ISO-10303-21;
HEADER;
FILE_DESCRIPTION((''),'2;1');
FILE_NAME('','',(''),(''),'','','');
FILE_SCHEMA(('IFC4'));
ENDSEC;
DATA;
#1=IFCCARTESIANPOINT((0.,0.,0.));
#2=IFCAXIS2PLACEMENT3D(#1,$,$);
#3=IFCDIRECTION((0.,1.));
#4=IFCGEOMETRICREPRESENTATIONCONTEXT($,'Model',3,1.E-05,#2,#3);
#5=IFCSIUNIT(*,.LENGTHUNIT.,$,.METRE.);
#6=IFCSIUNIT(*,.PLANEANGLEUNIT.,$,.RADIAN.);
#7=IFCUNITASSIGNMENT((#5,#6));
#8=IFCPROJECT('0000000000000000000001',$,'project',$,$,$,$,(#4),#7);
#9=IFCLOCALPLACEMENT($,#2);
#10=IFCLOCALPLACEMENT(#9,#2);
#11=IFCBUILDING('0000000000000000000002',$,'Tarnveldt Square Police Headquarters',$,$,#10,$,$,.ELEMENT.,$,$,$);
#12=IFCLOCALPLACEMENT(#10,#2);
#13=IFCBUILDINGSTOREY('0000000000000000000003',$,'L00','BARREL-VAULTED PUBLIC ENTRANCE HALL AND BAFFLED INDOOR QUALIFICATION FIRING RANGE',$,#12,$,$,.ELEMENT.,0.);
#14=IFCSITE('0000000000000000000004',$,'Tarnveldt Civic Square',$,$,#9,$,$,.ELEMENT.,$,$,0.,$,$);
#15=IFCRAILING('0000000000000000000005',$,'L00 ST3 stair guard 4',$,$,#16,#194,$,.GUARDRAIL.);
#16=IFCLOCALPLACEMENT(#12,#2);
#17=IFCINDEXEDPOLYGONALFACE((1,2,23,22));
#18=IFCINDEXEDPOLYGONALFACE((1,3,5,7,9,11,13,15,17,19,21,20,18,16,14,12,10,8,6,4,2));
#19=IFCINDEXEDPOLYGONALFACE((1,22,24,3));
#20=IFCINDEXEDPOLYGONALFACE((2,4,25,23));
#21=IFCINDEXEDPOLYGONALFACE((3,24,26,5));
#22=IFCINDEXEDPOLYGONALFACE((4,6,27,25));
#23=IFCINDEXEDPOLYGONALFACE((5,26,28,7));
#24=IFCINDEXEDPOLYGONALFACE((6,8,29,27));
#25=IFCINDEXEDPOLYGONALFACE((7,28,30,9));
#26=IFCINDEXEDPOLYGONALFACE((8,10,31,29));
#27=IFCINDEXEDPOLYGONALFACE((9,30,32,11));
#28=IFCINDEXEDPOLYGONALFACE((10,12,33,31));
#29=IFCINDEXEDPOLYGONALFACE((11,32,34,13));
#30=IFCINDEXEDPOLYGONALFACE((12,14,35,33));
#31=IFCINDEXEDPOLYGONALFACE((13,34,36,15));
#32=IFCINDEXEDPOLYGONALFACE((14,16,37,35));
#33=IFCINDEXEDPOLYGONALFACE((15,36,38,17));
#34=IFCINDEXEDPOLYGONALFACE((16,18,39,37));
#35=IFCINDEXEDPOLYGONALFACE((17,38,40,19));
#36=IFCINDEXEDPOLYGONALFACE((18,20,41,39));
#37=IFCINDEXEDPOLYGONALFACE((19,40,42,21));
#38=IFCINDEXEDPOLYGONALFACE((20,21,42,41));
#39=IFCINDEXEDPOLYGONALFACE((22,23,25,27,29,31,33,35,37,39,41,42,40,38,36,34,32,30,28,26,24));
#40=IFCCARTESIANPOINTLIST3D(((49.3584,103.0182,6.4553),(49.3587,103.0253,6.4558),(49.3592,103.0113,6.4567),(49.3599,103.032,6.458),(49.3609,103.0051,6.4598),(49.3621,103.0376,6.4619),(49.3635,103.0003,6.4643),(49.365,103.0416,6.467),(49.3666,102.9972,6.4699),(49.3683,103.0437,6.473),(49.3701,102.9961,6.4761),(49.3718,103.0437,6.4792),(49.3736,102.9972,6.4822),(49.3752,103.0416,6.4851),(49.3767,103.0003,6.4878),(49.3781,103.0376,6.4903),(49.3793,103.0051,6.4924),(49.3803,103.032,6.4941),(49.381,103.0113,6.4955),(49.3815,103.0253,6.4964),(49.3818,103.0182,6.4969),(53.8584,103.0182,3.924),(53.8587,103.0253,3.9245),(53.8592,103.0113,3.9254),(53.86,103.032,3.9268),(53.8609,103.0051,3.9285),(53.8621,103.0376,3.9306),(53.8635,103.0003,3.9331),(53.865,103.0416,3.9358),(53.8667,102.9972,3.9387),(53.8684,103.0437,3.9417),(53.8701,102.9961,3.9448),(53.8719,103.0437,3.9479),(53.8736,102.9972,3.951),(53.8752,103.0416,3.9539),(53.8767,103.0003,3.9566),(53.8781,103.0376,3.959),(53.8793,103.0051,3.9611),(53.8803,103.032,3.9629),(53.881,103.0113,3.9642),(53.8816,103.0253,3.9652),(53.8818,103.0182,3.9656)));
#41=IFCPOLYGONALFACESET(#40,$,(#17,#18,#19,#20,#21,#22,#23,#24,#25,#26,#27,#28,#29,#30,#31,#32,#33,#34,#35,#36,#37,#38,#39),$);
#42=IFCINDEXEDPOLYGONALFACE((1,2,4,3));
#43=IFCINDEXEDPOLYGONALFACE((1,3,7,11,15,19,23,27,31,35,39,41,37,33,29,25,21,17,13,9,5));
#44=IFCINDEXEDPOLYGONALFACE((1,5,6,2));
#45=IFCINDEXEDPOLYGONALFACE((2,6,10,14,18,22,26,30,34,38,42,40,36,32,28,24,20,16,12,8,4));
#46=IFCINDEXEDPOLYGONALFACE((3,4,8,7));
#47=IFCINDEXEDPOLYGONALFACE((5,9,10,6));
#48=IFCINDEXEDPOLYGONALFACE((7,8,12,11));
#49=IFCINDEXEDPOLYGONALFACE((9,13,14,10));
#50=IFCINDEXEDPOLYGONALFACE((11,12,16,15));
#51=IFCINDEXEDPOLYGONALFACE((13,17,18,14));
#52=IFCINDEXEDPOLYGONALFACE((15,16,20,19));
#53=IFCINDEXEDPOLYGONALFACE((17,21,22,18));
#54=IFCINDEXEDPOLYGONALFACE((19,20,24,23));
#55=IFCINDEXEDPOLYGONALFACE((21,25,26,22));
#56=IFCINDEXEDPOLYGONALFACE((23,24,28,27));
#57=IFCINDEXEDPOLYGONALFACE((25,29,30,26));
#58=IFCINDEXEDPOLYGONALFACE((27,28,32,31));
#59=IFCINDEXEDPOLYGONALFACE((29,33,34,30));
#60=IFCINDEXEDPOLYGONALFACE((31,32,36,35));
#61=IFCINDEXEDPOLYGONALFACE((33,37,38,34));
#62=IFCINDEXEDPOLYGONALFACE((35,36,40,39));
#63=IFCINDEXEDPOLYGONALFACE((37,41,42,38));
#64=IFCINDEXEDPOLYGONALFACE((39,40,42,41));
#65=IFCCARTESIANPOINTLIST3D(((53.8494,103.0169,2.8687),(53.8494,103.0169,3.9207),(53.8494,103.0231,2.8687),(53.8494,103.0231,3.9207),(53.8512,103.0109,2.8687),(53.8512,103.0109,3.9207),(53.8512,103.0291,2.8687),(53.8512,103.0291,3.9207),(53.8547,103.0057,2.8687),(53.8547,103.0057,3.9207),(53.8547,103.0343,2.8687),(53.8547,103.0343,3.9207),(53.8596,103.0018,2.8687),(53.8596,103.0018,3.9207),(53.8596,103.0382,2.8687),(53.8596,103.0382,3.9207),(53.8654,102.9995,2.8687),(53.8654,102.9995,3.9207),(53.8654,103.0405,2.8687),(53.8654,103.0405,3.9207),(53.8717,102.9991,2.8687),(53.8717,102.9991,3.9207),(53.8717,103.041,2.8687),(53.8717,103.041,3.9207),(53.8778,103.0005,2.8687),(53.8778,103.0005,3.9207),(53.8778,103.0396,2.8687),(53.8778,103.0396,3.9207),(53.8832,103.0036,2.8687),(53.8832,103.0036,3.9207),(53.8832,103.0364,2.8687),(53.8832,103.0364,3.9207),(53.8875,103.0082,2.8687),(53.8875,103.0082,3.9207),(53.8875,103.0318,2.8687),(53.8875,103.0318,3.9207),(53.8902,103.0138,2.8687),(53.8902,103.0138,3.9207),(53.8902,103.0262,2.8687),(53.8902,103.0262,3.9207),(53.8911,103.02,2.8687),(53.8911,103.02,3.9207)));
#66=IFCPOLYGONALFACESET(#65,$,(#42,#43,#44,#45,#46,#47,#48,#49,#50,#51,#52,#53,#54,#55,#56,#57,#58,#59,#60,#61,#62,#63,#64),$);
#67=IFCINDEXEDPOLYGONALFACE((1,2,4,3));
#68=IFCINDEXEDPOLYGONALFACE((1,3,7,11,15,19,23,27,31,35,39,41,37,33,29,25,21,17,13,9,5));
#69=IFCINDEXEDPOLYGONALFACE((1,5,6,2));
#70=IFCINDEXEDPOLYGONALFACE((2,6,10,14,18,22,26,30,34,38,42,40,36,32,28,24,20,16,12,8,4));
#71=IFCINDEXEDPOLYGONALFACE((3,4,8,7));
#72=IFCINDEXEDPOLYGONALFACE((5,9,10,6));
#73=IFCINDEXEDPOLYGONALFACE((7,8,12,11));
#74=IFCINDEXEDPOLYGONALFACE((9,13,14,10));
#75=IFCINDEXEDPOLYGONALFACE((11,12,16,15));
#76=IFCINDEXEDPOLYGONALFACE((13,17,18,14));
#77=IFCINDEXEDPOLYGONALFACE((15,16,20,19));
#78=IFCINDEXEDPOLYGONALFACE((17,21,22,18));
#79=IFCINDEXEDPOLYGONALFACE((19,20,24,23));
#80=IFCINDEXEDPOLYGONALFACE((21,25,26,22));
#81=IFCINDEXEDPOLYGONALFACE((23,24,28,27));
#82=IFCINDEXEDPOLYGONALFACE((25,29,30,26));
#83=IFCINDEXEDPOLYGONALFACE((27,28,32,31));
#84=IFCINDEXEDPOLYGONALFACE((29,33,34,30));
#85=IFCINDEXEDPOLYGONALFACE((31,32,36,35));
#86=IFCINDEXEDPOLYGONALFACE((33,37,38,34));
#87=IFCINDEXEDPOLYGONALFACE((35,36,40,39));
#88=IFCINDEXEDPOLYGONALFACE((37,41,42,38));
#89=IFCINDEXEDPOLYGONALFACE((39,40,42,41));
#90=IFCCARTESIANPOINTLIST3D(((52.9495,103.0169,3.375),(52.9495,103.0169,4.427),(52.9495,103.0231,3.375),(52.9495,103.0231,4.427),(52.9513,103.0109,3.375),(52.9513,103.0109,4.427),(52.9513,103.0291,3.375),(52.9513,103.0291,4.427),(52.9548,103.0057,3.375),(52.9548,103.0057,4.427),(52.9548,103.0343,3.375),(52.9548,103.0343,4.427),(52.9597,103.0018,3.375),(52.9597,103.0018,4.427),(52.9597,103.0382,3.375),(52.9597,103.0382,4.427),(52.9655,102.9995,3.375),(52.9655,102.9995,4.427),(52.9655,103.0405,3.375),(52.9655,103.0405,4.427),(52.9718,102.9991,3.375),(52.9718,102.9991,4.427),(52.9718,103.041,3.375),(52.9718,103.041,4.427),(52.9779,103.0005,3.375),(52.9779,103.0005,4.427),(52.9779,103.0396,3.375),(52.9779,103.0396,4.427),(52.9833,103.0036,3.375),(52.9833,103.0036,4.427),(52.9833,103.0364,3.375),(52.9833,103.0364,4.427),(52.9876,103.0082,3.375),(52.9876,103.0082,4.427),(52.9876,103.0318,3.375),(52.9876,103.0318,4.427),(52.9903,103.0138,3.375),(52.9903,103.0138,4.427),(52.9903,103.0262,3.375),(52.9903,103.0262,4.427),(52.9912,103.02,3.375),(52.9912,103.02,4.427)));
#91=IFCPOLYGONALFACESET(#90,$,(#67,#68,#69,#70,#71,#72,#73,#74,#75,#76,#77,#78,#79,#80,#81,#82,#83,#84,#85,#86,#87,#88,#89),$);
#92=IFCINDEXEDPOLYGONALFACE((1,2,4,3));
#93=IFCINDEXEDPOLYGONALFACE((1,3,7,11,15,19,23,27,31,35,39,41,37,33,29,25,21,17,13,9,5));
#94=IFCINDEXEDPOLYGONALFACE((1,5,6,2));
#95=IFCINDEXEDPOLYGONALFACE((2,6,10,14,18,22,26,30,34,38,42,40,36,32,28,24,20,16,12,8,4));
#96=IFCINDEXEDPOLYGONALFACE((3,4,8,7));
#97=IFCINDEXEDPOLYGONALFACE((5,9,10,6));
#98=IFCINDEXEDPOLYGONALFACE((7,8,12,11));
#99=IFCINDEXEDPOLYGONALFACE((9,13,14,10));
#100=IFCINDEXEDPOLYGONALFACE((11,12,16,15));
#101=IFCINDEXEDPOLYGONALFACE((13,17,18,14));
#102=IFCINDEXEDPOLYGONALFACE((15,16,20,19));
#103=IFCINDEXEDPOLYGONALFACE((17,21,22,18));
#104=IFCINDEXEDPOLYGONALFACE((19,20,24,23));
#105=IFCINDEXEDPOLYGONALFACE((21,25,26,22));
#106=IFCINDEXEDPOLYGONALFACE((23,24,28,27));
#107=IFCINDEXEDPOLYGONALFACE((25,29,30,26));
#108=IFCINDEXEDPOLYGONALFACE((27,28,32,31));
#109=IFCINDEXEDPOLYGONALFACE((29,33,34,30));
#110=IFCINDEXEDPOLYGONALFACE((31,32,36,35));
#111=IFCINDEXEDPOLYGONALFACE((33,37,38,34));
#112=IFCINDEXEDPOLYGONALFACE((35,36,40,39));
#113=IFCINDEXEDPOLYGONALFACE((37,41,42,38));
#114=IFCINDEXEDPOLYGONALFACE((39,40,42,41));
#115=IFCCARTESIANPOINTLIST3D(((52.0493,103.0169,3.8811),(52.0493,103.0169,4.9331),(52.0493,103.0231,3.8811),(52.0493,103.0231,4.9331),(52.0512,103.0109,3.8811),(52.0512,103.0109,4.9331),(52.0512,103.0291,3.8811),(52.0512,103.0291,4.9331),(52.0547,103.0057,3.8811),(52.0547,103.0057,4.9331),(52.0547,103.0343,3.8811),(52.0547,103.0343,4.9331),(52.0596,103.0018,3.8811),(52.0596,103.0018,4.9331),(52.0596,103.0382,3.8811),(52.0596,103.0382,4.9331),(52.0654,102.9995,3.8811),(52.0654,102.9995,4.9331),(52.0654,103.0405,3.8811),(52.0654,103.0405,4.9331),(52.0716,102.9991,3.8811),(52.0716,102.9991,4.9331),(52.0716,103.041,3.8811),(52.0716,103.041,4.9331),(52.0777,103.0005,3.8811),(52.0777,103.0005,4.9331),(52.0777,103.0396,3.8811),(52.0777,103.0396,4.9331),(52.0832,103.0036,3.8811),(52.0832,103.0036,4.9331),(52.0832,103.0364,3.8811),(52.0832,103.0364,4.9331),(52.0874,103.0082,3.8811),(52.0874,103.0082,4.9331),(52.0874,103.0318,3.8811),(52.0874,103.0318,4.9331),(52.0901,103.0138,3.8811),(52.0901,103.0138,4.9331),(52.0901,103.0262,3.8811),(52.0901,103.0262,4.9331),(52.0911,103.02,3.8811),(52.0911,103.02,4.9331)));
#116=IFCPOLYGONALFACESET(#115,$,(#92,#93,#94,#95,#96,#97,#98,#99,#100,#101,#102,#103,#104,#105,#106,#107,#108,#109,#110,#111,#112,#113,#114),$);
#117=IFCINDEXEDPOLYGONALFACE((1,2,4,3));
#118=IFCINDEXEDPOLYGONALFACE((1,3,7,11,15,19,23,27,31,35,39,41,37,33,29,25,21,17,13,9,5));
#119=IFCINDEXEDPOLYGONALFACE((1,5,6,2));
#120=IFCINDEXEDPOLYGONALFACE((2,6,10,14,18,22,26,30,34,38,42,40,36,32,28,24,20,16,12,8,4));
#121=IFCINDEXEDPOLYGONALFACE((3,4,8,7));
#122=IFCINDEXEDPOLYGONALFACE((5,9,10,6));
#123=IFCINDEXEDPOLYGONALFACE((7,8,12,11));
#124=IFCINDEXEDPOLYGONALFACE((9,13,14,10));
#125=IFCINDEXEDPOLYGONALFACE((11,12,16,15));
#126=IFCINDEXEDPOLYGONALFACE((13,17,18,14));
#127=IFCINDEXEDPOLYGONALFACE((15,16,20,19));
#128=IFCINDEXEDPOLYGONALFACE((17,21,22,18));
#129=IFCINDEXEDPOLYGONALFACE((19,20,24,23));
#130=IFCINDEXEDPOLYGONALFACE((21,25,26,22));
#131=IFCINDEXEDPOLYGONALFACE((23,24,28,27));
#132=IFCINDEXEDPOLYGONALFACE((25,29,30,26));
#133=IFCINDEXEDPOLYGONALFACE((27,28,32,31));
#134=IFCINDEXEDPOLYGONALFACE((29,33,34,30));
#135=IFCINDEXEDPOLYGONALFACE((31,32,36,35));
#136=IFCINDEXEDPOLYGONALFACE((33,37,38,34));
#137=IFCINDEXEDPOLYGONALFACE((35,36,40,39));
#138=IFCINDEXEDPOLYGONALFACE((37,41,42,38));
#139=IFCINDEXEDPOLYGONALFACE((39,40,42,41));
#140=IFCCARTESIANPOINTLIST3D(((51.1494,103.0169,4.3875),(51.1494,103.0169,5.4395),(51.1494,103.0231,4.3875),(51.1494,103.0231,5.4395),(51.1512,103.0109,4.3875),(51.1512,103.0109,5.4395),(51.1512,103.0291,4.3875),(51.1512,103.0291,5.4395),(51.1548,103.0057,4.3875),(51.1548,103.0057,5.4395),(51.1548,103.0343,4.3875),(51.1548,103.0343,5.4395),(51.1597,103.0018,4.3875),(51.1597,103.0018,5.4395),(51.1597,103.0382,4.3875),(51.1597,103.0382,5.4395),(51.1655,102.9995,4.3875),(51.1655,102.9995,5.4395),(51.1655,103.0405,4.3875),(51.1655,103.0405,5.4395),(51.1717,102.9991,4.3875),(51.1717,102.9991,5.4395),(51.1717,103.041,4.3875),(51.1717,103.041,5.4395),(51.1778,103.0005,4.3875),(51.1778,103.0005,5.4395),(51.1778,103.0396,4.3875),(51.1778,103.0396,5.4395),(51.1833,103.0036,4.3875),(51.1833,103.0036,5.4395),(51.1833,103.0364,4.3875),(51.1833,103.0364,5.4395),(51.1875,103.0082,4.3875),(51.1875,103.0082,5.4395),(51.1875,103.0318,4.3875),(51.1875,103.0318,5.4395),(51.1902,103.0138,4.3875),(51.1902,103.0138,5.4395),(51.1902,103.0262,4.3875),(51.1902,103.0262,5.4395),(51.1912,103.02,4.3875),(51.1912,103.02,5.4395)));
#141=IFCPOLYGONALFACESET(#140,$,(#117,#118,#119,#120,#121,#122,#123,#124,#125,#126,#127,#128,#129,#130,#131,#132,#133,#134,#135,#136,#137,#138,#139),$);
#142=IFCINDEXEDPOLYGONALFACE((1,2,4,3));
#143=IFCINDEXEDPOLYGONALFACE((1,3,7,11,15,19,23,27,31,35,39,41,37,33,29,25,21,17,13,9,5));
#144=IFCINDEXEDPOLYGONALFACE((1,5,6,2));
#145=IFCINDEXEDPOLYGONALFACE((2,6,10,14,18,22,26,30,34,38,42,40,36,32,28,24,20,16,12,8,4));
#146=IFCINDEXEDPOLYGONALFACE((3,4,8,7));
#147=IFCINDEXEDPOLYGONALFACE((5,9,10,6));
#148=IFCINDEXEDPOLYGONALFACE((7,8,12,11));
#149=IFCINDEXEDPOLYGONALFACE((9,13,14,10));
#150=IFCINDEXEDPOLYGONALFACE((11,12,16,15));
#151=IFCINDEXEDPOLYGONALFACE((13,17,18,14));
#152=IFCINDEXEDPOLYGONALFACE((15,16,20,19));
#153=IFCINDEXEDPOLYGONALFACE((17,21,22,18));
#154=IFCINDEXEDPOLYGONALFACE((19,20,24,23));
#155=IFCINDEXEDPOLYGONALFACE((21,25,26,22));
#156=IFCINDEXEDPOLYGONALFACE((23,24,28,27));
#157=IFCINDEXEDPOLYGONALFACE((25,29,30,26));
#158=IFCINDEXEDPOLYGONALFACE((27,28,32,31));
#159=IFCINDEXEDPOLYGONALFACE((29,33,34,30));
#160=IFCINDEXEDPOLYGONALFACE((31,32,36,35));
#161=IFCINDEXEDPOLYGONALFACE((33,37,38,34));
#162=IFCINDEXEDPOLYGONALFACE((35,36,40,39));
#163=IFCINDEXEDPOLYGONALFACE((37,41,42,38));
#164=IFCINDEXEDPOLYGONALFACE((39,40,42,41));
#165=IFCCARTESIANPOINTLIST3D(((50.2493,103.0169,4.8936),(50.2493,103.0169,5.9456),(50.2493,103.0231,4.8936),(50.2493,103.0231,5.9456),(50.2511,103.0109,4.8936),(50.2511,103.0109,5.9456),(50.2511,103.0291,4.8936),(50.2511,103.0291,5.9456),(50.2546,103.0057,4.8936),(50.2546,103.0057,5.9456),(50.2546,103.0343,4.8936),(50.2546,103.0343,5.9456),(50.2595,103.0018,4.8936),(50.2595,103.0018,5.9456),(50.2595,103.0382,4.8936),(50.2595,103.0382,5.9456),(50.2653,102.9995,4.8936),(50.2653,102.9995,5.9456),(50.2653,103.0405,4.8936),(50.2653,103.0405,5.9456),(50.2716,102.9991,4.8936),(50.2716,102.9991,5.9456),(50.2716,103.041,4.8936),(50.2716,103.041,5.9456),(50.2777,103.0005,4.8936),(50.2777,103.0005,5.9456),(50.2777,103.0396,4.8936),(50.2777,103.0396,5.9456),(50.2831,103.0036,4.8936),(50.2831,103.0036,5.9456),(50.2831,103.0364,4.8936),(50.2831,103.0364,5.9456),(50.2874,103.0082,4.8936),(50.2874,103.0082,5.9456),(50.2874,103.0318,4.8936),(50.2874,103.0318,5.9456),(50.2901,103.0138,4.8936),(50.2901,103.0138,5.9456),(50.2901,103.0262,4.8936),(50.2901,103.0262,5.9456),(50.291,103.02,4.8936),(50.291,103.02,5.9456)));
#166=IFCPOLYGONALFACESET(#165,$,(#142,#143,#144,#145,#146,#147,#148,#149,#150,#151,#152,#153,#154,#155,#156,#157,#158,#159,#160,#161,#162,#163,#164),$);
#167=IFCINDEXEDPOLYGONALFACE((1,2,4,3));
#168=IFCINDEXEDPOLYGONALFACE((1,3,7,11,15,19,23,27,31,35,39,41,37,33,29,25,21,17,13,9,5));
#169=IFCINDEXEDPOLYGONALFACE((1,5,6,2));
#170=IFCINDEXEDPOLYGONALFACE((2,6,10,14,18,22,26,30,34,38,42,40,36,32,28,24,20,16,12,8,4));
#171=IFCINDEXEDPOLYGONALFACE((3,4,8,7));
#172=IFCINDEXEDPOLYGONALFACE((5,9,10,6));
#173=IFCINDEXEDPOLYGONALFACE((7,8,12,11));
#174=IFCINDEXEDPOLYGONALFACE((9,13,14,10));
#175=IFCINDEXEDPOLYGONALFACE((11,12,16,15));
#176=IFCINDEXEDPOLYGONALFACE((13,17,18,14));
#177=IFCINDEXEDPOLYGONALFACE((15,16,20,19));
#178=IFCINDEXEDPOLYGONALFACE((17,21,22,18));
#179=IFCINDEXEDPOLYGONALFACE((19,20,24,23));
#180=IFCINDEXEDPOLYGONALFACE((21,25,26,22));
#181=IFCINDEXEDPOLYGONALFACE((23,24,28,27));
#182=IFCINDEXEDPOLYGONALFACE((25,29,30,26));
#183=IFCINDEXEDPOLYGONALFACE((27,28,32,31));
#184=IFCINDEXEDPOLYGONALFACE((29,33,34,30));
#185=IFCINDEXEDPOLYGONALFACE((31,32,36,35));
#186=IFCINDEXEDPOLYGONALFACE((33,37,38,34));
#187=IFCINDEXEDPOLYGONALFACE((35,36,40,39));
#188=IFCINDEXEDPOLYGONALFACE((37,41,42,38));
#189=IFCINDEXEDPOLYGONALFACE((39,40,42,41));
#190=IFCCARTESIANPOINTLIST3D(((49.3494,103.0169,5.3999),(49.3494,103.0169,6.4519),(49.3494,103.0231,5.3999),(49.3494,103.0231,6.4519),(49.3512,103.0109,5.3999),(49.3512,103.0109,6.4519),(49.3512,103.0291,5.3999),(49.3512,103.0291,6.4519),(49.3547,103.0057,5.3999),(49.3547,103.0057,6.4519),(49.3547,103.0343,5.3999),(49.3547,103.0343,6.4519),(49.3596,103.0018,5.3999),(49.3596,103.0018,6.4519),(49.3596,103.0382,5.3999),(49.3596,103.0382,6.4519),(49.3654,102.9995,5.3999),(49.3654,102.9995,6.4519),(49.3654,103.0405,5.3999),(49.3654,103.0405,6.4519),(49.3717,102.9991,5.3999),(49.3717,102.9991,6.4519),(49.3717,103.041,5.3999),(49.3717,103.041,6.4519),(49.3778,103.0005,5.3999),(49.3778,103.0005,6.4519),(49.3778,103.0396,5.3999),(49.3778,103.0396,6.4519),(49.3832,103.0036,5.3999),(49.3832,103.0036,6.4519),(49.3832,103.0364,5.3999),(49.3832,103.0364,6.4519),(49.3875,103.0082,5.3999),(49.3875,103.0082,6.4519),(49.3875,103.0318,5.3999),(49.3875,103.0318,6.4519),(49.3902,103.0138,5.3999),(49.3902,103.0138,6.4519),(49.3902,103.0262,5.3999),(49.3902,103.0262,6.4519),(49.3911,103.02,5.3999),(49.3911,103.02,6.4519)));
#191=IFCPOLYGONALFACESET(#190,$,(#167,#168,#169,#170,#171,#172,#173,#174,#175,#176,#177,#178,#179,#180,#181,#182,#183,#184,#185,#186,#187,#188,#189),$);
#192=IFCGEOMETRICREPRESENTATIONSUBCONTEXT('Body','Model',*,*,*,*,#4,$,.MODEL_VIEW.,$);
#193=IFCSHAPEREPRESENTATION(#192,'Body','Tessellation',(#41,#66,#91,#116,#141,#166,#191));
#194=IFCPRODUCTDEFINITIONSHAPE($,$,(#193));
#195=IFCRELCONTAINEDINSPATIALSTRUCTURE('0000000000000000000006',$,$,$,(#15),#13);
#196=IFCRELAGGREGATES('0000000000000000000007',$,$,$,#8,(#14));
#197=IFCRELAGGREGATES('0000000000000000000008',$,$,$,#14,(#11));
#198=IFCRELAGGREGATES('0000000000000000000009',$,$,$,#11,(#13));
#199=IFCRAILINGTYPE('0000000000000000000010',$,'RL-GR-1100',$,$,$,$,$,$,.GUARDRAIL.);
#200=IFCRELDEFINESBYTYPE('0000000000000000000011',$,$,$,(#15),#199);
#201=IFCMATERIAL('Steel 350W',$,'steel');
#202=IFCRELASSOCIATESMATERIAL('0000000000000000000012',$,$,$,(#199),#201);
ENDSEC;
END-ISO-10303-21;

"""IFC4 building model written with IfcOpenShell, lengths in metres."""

from ifc_helpers import new_model, si_unit, direction, frame, origin, origin_2d, place, context, subcontext, project, spatial, circle, extrude, material, type_object, element, save


model = new_model("IFC4")

# Units and contexts
model_context = context("Model", 3, precision=1e-05, world=origin(), true_north=direction((0.0, 1.0)))
body_context = subcontext(model_context, "Body", "Model", "MODEL_VIEW")
ifc_project = project(units=[si_unit("LENGTHUNIT", "METRE"), si_unit("PLANEANGLEUNIT", "RADIAN")], contexts=[model_context])

# Site, building, storey
site_placement = place(None, origin())
site = spatial("IfcSite", under=ifc_project, at=site_placement, Name="Tarnveldt Civic Square", CompositionType="ELEMENT", RefElevation=0.0)
building_placement = place(site_placement, origin())
building = spatial("IfcBuilding", under=site, at=building_placement, Name="Tarnveldt Square Police Headquarters", CompositionType="ELEMENT")
storey_placement = place(building_placement, origin())
storey = spatial("IfcBuildingStorey", under=building, at=storey_placement, Name="L00", Description="BARREL-VAULTED PUBLIC ENTRANCE HALL AND BAFFLED INDOOR QUALIFICATION FIRING RANGE", CompositionType="ELEMENT", Elevation=0.0)

# Railing
ifc_material_1 = material(Name="Steel 350W", Category="steel")
railing_type_1 = type_object("IfcRailingType", Name="RL-GR-1100", PredefinedType="GUARDRAIL", material=ifc_material_1)
railing_1_placement = place(storey_placement, frame((53.8701, 103.02, 2.8687)))
element("IfcRailing", 1, at=railing_1_placement, inside=storey, type_object=railing_type_1, Name="L00 ST3 stair guard 4", PredefinedType="GUARDRAIL", context=body_context, shape_type="SweptSolid", body=[
    extrude(circle(Radius=0.0239, at=origin_2d()), frame((0.0, 0.0, 1.0762), z_axis=(-0.871576, 0.0, 0.490261), x_axis=(0.0, -1.0, 0.0)), (0.0, 0.0, 1.0), 5.1631),
    extrude(circle(Radius=0.021, at=origin_2d()), origin(), (0.0, 0.0, 1.0), 1.052),
    extrude(circle(Radius=0.021, at=origin_2d()), frame((-0.8999, 0.0, 0.5063)), (0.0, 0.0, 1.0), 1.052),
    extrude(circle(Radius=0.021, at=origin_2d()), frame((-1.8, 0.0, 1.0125)), (0.0, 0.0, 1.0), 1.052),
    extrude(circle(Radius=0.021, at=origin_2d()), frame((-2.7, 0.0, 1.5188)), (0.0, 0.0, 1.0), 1.052),
    extrude(circle(Radius=0.021, at=origin_2d()), frame((-3.6001, 0.0, 2.0249)), (0.0, 0.0, 1.0), 1.052),
    extrude(circle(Radius=0.021, at=origin_2d()), frame((-4.5, 0.0, 2.5312)), (0.0, 0.0, 1.0), 1.052),
])

save(model, "model.ifc")
